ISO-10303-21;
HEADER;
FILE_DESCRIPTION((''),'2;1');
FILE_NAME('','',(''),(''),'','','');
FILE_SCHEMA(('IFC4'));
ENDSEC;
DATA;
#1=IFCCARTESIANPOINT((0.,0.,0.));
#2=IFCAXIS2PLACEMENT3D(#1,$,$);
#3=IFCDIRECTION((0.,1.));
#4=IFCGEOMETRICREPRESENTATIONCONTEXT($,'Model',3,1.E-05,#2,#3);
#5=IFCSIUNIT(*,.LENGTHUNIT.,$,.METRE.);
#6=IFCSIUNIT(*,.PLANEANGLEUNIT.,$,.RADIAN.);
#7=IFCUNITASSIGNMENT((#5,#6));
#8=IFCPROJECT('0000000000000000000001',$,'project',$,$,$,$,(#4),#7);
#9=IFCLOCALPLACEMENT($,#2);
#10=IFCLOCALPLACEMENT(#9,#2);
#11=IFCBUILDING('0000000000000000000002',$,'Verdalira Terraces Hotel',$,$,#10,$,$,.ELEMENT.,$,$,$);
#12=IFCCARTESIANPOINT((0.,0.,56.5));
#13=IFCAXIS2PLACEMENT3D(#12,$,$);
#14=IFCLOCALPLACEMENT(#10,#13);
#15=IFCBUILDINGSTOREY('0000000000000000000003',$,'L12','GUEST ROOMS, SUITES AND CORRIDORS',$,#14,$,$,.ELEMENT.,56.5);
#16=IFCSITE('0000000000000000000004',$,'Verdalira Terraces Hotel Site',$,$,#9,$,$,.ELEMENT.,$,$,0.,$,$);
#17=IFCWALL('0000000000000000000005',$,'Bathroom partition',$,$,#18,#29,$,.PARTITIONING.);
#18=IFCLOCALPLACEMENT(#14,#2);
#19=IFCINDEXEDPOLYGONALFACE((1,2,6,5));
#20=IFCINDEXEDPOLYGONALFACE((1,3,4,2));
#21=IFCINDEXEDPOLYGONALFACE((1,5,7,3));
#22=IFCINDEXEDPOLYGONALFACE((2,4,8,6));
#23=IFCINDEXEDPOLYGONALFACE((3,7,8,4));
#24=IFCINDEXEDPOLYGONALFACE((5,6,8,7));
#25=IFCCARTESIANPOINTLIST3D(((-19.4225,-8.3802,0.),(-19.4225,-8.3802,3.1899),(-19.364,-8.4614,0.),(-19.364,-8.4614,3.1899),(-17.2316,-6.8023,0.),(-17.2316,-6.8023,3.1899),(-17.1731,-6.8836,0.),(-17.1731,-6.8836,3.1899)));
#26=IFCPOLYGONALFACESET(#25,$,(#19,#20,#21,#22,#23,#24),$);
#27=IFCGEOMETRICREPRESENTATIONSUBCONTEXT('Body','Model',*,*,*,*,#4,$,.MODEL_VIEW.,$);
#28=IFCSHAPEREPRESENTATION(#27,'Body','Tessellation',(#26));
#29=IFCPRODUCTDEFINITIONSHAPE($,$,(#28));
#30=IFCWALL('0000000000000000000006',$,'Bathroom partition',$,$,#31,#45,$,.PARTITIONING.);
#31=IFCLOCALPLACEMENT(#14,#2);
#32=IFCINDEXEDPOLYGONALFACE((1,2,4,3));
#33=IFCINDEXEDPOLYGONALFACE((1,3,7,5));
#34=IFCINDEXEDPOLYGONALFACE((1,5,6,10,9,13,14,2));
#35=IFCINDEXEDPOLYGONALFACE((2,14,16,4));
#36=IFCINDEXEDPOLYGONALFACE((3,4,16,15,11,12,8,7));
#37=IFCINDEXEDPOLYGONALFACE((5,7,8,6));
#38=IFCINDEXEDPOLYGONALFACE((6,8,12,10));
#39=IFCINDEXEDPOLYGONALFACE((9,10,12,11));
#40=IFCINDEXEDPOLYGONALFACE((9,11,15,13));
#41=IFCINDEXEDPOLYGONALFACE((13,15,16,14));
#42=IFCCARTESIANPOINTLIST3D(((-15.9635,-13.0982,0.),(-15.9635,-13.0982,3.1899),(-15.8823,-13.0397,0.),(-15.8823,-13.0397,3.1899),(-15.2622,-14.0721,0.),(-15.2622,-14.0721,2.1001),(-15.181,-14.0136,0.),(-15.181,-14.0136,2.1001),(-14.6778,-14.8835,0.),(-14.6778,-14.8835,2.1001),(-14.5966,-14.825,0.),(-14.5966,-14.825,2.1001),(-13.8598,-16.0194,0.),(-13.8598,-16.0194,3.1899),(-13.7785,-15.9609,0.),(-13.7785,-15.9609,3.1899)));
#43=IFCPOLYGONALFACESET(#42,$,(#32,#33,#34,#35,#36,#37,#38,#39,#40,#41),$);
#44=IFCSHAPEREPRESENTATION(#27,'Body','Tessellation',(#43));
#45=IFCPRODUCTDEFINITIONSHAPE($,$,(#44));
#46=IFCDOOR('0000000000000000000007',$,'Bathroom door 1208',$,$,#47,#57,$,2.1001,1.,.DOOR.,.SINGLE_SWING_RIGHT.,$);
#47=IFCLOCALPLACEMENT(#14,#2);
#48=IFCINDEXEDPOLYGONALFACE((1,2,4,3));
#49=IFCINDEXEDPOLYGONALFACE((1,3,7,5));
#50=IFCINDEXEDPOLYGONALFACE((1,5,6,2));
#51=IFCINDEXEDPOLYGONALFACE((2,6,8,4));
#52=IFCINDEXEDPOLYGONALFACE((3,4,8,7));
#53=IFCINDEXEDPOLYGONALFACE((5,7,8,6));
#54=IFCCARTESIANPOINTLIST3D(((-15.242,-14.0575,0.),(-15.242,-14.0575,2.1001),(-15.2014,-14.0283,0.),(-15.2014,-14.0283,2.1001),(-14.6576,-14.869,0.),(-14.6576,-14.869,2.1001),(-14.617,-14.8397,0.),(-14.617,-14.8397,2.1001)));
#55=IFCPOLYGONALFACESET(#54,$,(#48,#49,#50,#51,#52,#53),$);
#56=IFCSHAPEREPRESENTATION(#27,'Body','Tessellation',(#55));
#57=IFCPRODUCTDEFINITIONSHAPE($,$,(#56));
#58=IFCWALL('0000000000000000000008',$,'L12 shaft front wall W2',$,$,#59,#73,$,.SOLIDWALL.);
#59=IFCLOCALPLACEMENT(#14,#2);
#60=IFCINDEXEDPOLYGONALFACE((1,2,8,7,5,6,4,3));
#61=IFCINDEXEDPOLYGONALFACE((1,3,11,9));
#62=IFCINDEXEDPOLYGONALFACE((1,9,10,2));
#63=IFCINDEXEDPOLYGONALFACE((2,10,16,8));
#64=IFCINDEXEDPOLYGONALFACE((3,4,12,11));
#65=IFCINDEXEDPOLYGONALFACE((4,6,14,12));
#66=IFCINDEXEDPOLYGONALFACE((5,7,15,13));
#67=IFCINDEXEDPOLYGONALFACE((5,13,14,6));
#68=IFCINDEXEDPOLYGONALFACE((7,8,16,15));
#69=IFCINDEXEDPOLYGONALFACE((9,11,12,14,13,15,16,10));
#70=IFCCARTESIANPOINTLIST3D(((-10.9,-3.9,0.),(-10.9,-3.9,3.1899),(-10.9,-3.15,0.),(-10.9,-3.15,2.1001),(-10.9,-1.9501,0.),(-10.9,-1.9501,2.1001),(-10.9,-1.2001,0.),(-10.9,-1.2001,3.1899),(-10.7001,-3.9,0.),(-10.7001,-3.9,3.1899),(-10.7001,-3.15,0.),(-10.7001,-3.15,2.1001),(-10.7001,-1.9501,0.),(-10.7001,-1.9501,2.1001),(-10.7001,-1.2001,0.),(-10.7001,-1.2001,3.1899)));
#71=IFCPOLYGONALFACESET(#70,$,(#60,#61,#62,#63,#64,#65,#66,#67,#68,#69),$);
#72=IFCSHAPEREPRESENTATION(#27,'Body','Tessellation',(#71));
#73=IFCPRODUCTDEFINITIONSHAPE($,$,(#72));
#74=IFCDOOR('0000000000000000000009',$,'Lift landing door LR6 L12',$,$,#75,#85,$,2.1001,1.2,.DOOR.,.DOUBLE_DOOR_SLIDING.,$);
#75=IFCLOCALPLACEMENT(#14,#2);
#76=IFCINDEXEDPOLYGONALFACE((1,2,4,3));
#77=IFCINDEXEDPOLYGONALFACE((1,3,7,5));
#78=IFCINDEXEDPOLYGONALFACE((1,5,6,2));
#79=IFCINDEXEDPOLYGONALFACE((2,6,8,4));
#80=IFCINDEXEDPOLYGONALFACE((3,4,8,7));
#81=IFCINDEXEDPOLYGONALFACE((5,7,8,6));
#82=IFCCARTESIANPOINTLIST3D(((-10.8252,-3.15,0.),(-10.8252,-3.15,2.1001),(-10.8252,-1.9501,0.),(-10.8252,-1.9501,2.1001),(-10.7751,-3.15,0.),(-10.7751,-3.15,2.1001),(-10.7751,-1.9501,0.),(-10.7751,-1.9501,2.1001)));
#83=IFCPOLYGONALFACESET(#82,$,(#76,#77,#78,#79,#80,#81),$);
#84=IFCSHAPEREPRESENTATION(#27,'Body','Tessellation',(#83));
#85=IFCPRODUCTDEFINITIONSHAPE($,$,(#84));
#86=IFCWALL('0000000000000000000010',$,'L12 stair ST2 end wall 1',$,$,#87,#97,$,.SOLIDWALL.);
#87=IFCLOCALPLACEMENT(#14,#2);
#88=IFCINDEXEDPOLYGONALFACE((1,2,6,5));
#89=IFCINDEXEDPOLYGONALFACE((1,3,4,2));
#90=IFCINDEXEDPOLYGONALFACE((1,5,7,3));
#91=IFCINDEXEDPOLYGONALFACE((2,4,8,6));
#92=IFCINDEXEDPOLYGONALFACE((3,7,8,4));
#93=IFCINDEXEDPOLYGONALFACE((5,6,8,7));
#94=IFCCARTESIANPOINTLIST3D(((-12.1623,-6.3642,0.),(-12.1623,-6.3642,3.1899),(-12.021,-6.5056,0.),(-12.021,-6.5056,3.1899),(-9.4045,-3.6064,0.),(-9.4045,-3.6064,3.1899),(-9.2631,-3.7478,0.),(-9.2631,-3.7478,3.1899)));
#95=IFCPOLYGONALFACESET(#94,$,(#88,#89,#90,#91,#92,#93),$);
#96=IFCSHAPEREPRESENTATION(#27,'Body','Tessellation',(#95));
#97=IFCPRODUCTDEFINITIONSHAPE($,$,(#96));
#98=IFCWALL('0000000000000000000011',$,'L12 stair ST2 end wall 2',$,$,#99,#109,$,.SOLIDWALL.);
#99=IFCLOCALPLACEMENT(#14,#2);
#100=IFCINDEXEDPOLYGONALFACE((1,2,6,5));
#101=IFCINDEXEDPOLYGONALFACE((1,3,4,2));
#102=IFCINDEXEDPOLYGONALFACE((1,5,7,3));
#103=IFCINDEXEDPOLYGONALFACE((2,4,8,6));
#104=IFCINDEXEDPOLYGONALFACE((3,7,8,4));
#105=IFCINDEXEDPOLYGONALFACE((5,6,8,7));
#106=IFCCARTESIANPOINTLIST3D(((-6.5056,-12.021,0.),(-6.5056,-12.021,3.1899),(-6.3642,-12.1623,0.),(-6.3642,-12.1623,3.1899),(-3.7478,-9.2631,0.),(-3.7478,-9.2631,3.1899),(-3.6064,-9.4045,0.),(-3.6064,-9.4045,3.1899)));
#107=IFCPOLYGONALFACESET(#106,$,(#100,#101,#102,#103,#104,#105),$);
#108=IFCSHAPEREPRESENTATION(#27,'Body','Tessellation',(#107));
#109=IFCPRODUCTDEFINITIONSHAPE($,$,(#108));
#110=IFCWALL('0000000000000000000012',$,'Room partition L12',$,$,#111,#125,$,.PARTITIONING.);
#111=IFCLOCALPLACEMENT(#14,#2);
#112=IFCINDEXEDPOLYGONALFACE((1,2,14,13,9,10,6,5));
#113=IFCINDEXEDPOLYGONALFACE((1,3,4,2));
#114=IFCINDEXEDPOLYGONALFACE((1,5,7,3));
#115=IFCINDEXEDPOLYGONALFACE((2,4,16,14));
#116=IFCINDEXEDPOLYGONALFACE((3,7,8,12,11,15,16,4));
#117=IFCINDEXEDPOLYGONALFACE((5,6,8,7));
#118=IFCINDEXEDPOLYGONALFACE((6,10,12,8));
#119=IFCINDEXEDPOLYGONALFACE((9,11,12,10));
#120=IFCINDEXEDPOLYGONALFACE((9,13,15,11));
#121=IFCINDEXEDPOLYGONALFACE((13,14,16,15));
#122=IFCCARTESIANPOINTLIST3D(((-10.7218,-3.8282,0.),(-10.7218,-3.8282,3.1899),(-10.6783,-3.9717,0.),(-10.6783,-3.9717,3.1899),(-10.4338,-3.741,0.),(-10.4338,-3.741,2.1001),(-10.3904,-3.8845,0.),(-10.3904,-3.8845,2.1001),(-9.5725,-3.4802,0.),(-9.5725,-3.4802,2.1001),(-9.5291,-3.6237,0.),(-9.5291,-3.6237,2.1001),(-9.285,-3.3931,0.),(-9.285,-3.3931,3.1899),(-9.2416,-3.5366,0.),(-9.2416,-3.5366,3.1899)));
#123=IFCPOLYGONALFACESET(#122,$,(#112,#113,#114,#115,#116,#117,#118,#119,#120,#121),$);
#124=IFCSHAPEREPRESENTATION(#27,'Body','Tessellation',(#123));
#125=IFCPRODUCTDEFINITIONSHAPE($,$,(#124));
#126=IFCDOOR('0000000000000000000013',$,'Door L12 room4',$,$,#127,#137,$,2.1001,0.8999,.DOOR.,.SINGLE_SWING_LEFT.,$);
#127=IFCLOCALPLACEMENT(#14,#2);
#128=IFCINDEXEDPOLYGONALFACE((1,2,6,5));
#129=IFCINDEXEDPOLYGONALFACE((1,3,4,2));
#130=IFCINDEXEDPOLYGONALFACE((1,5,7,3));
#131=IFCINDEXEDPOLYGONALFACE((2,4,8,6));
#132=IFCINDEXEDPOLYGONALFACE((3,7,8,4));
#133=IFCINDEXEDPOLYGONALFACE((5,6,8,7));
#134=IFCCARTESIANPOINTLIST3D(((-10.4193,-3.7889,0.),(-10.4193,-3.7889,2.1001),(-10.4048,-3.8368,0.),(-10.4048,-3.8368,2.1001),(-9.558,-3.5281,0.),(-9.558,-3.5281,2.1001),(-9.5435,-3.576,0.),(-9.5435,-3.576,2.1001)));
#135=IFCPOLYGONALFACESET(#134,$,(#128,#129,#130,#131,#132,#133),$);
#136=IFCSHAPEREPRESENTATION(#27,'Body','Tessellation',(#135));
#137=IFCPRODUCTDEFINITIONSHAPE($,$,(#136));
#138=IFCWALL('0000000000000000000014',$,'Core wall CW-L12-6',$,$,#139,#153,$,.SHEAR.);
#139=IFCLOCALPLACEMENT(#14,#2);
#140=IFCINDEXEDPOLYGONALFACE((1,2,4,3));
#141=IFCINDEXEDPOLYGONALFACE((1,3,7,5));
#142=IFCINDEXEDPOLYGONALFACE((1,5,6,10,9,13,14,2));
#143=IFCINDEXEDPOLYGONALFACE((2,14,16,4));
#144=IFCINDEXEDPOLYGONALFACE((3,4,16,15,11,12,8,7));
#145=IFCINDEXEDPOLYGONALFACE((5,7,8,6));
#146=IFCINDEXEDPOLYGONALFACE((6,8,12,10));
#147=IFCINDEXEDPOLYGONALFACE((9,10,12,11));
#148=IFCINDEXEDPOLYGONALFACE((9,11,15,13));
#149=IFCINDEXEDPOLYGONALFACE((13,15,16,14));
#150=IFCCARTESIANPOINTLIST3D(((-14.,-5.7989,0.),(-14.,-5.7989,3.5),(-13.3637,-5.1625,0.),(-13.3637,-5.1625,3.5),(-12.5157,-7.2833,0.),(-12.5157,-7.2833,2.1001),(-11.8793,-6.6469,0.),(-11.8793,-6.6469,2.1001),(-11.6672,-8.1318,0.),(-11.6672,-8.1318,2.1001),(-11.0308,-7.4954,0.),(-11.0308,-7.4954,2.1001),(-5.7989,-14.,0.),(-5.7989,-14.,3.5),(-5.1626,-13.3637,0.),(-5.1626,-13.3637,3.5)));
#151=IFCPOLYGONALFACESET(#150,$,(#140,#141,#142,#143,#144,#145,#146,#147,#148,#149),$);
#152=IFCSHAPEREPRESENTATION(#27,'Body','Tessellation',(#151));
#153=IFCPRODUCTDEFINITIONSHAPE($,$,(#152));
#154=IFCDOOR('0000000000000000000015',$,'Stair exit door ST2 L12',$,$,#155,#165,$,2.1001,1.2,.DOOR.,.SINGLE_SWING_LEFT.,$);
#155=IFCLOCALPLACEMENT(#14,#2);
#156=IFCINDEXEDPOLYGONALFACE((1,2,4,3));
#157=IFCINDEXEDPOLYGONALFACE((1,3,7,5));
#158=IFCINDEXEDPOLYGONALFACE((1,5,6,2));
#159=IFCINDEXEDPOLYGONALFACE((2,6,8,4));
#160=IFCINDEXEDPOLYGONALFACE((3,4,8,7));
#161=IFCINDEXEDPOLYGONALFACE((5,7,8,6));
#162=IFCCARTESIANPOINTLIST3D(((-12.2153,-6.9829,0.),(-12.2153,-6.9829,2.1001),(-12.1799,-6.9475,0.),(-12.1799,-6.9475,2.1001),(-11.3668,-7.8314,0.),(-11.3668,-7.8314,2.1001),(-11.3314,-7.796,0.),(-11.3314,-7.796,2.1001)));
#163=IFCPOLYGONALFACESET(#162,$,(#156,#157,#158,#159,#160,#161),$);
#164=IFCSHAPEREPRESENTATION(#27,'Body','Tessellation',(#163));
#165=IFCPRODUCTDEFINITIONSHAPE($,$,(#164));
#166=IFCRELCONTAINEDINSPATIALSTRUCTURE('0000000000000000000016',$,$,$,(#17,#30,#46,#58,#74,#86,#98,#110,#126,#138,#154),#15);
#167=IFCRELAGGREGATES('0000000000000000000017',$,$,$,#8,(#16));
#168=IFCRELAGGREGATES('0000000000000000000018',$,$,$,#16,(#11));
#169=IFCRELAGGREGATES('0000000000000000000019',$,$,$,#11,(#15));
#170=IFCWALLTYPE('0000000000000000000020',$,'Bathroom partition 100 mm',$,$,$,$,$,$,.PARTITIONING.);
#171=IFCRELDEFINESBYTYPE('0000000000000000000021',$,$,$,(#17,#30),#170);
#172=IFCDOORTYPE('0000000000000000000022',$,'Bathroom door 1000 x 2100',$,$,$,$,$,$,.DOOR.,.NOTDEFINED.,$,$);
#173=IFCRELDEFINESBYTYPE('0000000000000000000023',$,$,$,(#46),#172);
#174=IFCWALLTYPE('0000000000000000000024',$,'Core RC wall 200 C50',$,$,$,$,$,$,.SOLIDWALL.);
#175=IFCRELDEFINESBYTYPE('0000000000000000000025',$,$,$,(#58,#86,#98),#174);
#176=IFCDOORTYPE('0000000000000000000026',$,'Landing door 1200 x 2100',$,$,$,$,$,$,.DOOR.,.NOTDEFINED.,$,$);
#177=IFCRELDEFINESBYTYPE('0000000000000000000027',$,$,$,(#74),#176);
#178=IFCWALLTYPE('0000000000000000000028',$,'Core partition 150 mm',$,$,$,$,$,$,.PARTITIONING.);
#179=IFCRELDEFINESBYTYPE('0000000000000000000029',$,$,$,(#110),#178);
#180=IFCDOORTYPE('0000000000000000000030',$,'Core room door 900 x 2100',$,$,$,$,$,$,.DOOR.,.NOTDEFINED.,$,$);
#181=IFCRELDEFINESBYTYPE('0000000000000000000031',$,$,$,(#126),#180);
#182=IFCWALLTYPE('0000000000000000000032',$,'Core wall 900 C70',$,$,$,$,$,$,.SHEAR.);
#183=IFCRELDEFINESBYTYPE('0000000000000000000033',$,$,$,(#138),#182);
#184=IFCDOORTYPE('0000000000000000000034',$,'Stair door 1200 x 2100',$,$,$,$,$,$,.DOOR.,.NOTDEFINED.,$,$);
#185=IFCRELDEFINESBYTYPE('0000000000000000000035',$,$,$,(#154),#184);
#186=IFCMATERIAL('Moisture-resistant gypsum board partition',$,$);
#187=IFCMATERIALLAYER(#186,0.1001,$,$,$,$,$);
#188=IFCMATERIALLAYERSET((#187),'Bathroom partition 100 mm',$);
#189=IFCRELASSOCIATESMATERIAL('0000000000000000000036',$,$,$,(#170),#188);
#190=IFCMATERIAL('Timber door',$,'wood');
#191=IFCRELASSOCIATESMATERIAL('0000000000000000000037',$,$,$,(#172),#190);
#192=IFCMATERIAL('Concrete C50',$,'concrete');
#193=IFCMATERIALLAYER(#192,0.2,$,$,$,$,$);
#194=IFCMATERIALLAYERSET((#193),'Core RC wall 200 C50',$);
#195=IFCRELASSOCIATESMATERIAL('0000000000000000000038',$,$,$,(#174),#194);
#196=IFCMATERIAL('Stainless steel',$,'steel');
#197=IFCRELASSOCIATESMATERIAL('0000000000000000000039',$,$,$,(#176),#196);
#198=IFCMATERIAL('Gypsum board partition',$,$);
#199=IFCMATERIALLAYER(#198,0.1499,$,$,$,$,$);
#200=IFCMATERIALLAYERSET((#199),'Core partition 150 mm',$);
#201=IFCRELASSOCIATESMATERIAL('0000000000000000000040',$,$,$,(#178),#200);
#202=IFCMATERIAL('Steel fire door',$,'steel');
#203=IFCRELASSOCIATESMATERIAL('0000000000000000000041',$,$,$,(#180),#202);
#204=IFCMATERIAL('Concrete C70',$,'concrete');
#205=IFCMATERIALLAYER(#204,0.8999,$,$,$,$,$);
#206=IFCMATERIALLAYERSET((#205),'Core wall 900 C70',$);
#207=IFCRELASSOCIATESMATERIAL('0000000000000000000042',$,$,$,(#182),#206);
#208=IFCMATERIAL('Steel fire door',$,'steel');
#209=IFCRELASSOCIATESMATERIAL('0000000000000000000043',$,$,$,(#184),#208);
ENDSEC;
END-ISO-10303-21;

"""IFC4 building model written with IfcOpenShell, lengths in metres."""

from ifc_helpers import new_model, si_unit, direction, frame, frame_2d, origin, place, context, subcontext, project, spatial, rectangle, extrude, material, layer, layer_set, type_object, element, fill, save


model = new_model("IFC4")

# Units and contexts
model_context = context("Model", 3, precision=1e-05, world=origin(), true_north=direction((0.0, 1.0)))
body_context = subcontext(model_context, "Body", "Model", "MODEL_VIEW")
ifc_project = project(units=[si_unit("LENGTHUNIT", "METRE"), si_unit("PLANEANGLEUNIT", "RADIAN")], contexts=[model_context])

# Site, building, storey
site_placement = place(None, origin())
site = spatial("IfcSite", under=ifc_project, at=site_placement, Name="Verdalira Terraces Hotel Site", CompositionType="ELEMENT", RefElevation=0.0)
building_placement = place(site_placement, origin())
building = spatial("IfcBuilding", under=site, at=building_placement, Name="Verdalira Terraces Hotel", CompositionType="ELEMENT")
storey_placement = place(building_placement, frame((0.0, 0.0, 56.5)))
storey = spatial("IfcBuildingStorey", under=building, at=storey_placement, Name="L12", Description="GUEST ROOMS, SUITES AND CORRIDORS", CompositionType="ELEMENT", Elevation=56.5)

# Wall
ifc_material_1 = material(Name="Moisture-resistant gypsum board partition")
ifc_layer_1 = layer(ifc_material_1, 0.1001)
ifc_layer_set_1 = layer_set([ifc_layer_1], Name="Bathroom partition 100 mm")
wall_type_1 = type_object("IfcWallType", Name="Bathroom partition 100 mm", PredefinedType="PARTITIONING", material=ifc_layer_set_1)
wall_1_placement = place(storey_placement, frame((-19.3933, -8.4209, 0.0), z_axis=(0.0, 0.0, 1.0), x_axis=(0.811461, 0.584407, 0.0)))
element("IfcWall", 1, at=wall_1_placement, inside=storey, type_object=wall_type_1, Name="Bathroom partition", PredefinedType="PARTITIONING", context=body_context, shape_type="SweptSolid", body=[
    extrude(rectangle(XDim=2.7, YDim=0.1001, at=frame_2d((1.3501, 0.0))), origin(), (0.0, 0.0, 1.0), 3.1899),
])

# Walls, openings, doors
wall_2_placement = place(storey_placement, frame((-15.9229, -13.0691, 0.0), z_axis=(0.0, 0.0, 1.0), x_axis=(0.584403, -0.811464, 0.0)))
wall_2 = element("IfcWall", 2, at=wall_2_placement, inside=storey, type_object=wall_type_1, Name="Bathroom partition", PredefinedType="PARTITIONING", context=body_context, shape_type="SweptSolid", body=[
    extrude(rectangle(XDim=3.5999, YDim=0.1001, at=frame_2d((1.7998, 0.0))), origin(), (0.0, 0.0, 1.0), 3.1899),
])
opening_1_placement = place(wall_2_placement, frame((1.2, 0.0, 0.0)))
opening_1 = element("IfcOpeningElement", 3, at=opening_1_placement, cuts=wall_2, PredefinedType="OPENING", context=body_context, shape_type="SweptSolid", body=[
    extrude(rectangle(XDim=1.0, YDim=2.1001, at=frame_2d((0.5, 1.05))), frame((0.0, 0.0601, 0.0), z_axis=(0.0, -1.0, 0.0), x_axis=(1.0, 0.0, 0.0)), (0.0, 0.0, 1.0), 0.1201),
])
ifc_material_2 = material(Name="Timber door", Category="wood")
door_type_1 = type_object("IfcDoorType", Name="Bathroom door 1000 x 2100", OperationType="NOTDEFINED", PredefinedType="DOOR", material=ifc_material_2)
door_1_placement = place(opening_1_placement, origin())
door_1 = element("IfcDoor", 4, at=door_1_placement, inside=storey, type_object=door_type_1, Name="Bathroom door 1208", OperationType="SINGLE_SWING_RIGHT", OverallHeight=2.1001, OverallWidth=1.0, PredefinedType="DOOR", context=body_context, shape_type="SweptSolid", body=[
    extrude(rectangle(XDim=1.0, YDim=2.1001, at=frame_2d((0.5, 1.05))), frame((0.0, 0.0249, 0.0), z_axis=(0.0, -1.0, 0.0), x_axis=(1.0, 0.0, 0.0)), (0.0, 0.0, 1.0), 0.05),
])
fill(opening_1, door_1)
ifc_material_3 = material(Name="Concrete C50", Category="concrete")
ifc_layer_2 = layer(ifc_material_3, 0.2)
ifc_layer_set_2 = layer_set([ifc_layer_2], Name="Core RC wall 200 C50")
wall_type_2 = type_object("IfcWallType", Name="Core RC wall 200 C50", PredefinedType="SOLIDWALL", material=ifc_layer_set_2)
wall_3_placement = place(storey_placement, frame((-10.8, -1.2, 0.0), z_axis=(0.0, 0.0, 1.0), x_axis=(0.0, -1.0, 0.0)))
wall_3 = element("IfcWall", 5, at=wall_3_placement, inside=storey, type_object=wall_type_2, Name="L12 shaft front wall W2", PredefinedType="SOLIDWALL", context=body_context, shape_type="SweptSolid", body=[
    extrude(rectangle(XDim=2.7, YDim=0.2, at=frame_2d((1.3501, 0.0))), origin(), (0.0, 0.0, 1.0), 3.1899),
])
opening_2_placement = place(wall_3_placement, frame((0.75, 0.0, 0.0)))
opening_2 = element("IfcOpeningElement", 6, at=opening_2_placement, cuts=wall_3, PredefinedType="OPENING", context=body_context, shape_type="SweptSolid", body=[
    extrude(rectangle(XDim=1.2, YDim=2.1001, at=frame_2d((0.6001, 1.05))), frame((0.0, 0.1099, 0.0), z_axis=(0.0, -1.0, 0.0), x_axis=(1.0, 0.0, 0.0)), (0.0, 0.0, 1.0), 0.22),
])
ifc_material_4 = material(Name="Stainless steel", Category="steel")
door_type_2 = type_object("IfcDoorType", Name="Landing door 1200 x 2100", OperationType="NOTDEFINED", PredefinedType="DOOR", material=ifc_material_4)
door_2_placement = place(opening_2_placement, origin())
door_2 = element("IfcDoor", 7, at=door_2_placement, inside=storey, type_object=door_type_2, Name="Lift landing door LR6 L12", OperationType="DOUBLE_DOOR_SLIDING", OverallHeight=2.1001, OverallWidth=1.2, PredefinedType="DOOR", context=body_context, shape_type="SweptSolid", body=[
    extrude(rectangle(XDim=1.2, YDim=2.1001, at=frame_2d((0.6001, 1.05))), frame((0.0, 0.0249, 0.0), z_axis=(0.0, -1.0, 0.0), x_axis=(1.0, 0.0, 0.0)), (0.0, 0.0, 1.0), 0.05),
])
fill(opening_2, door_2)

# Walls
for number, where, z_axis, x_axis, name in (
    (8, (-9.3337, -3.677, 0.0), (0.0, 0.0, 1.0), (-0.707107, -0.707107, 0.0), "L12 stair ST2 end wall 1"),
    (9, (-3.677, -9.3337, 0.0), (0.0, 0.0, 1.0), (-0.707107, -0.707107, 0.0), "L12 stair ST2 end wall 2"),
):
    element("IfcWall", number, at=place(storey_placement, frame(where, z_axis=z_axis, x_axis=x_axis)), inside=storey, type_object=wall_type_2, Name=name, PredefinedType="SOLIDWALL", context=body_context, shape_type="SweptSolid", body=[
        extrude(rectangle(XDim=3.9001, YDim=0.2, at=frame_2d((1.9502, 0.0))), origin(), (0.0, 0.0, 1.0), 3.1899),
    ])

# Walls, openings, doors
ifc_material_5 = material(Name="Gypsum board partition")
ifc_layer_3 = layer(ifc_material_5, 0.1499)
ifc_layer_set_3 = layer_set([ifc_layer_3], Name="Core partition 150 mm")
wall_type_3 = type_object("IfcWallType", Name="Core partition 150 mm", PredefinedType="PARTITIONING", material=ifc_layer_set_3)
wall_4_placement = place(storey_placement, frame((-10.7, -3.8999, 0.0), z_axis=(0.0, 0.0, 1.0), x_axis=(0.957085, 0.289809, 0.0)))
wall_4 = element("IfcWall", 10, at=wall_4_placement, inside=storey, type_object=wall_type_3, Name="Room partition L12", PredefinedType="PARTITIONING", context=body_context, shape_type="SweptSolid", body=[
    extrude(rectangle(XDim=1.5012, YDim=0.1499, at=frame_2d((0.7505, 0.0))), origin(), (0.0, 0.0, 1.0), 3.1899),
])
opening_3_placement = place(wall_4_placement, frame((0.3008, 0.0, 0.0)))
opening_3 = element("IfcOpeningElement", 11, at=opening_3_placement, cuts=wall_4, PredefinedType="OPENING", context=body_context, shape_type="SweptSolid", body=[
    extrude(rectangle(XDim=0.8999, YDim=2.1001, at=frame_2d((0.45, 1.05))), frame((0.0, 0.085, 0.0), z_axis=(0.0, -1.0, 0.0), x_axis=(1.0, 0.0, 0.0)), (0.0, 0.0, 1.0), 0.1699),
])
ifc_material_6 = material(Name="Steel fire door", Category="steel")
door_type_3 = type_object("IfcDoorType", Name="Core room door 900 x 2100", OperationType="NOTDEFINED", PredefinedType="DOOR", material=ifc_material_6)
door_3_placement = place(opening_3_placement, origin())
door_3 = element("IfcDoor", 12, at=door_3_placement, inside=storey, type_object=door_type_3, Name="Door L12 room4", OperationType="SINGLE_SWING_LEFT", OverallHeight=2.1001, OverallWidth=0.8999, PredefinedType="DOOR", context=body_context, shape_type="SweptSolid", body=[
    extrude(rectangle(XDim=0.8999, YDim=2.1001, at=frame_2d((0.45, 1.05))), frame((0.0, 0.0249, 0.0), z_axis=(0.0, -1.0, 0.0), x_axis=(1.0, 0.0, 0.0)), (0.0, 0.0, 1.0), 0.05),
])
fill(opening_3, door_3)
ifc_material_7 = material(Name="Concrete C70", Category="concrete")
ifc_layer_4 = layer(ifc_material_7, 0.8999)
ifc_layer_set_4 = layer_set([ifc_layer_4], Name="Core wall 900 C70")
wall_type_4 = type_object("IfcWallType", Name="Core wall 900 C70", PredefinedType="SHEAR", material=ifc_layer_set_4)
wall_5_placement = place(storey_placement, frame((-13.6819, -5.4807, 0.0), z_axis=(0.0, 0.0, 1.0), x_axis=(0.707107, -0.707107, 0.0)))
wall_5 = element("IfcWall", 13, at=wall_5_placement, inside=storey, type_object=wall_type_4, Name="Core wall CW-L12-6", PredefinedType="SHEAR", context=body_context, shape_type="SweptSolid", body=[
    extrude(rectangle(XDim=11.5981, YDim=0.8999, at=frame_2d((5.7991, 0.0))), origin(), (0.0, 0.0, 1.0), 3.5),
])
opening_4_placement = place(wall_5_placement, frame((2.0991, 0.0, 0.0)))
opening_4 = element("IfcOpeningElement", 14, at=opening_4_placement, cuts=wall_5, PredefinedType="OPENING", context=body_context, shape_type="SweptSolid", body=[
    extrude(rectangle(XDim=1.2, YDim=2.1001, at=frame_2d((0.6001, 1.05))), frame((0.0, 0.46, 0.0), z_axis=(0.0, -1.0, 0.0), x_axis=(1.0, 0.0, 0.0)), (0.0, 0.0, 1.0), 0.9199),
])
ifc_material_8 = material(Name="Steel fire door", Category="steel")
door_type_4 = type_object("IfcDoorType", Name="Stair door 1200 x 2100", OperationType="NOTDEFINED", PredefinedType="DOOR", material=ifc_material_8)
door_4_placement = place(opening_4_placement, origin())
door_4 = element("IfcDoor", 15, at=door_4_placement, inside=storey, type_object=door_type_4, Name="Stair exit door ST2 L12", OperationType="SINGLE_SWING_LEFT", OverallHeight=2.1001, OverallWidth=1.2, PredefinedType="DOOR", context=body_context, shape_type="SweptSolid", body=[
    extrude(rectangle(XDim=1.2, YDim=2.1001, at=frame_2d((0.6001, 1.05))), frame((0.0, 0.0249, 0.0), z_axis=(0.0, -1.0, 0.0), x_axis=(1.0, 0.0, 0.0)), (0.0, 0.0, 1.0), 0.05),
])
fill(opening_4, door_4)

save(model, "model.ifc")
